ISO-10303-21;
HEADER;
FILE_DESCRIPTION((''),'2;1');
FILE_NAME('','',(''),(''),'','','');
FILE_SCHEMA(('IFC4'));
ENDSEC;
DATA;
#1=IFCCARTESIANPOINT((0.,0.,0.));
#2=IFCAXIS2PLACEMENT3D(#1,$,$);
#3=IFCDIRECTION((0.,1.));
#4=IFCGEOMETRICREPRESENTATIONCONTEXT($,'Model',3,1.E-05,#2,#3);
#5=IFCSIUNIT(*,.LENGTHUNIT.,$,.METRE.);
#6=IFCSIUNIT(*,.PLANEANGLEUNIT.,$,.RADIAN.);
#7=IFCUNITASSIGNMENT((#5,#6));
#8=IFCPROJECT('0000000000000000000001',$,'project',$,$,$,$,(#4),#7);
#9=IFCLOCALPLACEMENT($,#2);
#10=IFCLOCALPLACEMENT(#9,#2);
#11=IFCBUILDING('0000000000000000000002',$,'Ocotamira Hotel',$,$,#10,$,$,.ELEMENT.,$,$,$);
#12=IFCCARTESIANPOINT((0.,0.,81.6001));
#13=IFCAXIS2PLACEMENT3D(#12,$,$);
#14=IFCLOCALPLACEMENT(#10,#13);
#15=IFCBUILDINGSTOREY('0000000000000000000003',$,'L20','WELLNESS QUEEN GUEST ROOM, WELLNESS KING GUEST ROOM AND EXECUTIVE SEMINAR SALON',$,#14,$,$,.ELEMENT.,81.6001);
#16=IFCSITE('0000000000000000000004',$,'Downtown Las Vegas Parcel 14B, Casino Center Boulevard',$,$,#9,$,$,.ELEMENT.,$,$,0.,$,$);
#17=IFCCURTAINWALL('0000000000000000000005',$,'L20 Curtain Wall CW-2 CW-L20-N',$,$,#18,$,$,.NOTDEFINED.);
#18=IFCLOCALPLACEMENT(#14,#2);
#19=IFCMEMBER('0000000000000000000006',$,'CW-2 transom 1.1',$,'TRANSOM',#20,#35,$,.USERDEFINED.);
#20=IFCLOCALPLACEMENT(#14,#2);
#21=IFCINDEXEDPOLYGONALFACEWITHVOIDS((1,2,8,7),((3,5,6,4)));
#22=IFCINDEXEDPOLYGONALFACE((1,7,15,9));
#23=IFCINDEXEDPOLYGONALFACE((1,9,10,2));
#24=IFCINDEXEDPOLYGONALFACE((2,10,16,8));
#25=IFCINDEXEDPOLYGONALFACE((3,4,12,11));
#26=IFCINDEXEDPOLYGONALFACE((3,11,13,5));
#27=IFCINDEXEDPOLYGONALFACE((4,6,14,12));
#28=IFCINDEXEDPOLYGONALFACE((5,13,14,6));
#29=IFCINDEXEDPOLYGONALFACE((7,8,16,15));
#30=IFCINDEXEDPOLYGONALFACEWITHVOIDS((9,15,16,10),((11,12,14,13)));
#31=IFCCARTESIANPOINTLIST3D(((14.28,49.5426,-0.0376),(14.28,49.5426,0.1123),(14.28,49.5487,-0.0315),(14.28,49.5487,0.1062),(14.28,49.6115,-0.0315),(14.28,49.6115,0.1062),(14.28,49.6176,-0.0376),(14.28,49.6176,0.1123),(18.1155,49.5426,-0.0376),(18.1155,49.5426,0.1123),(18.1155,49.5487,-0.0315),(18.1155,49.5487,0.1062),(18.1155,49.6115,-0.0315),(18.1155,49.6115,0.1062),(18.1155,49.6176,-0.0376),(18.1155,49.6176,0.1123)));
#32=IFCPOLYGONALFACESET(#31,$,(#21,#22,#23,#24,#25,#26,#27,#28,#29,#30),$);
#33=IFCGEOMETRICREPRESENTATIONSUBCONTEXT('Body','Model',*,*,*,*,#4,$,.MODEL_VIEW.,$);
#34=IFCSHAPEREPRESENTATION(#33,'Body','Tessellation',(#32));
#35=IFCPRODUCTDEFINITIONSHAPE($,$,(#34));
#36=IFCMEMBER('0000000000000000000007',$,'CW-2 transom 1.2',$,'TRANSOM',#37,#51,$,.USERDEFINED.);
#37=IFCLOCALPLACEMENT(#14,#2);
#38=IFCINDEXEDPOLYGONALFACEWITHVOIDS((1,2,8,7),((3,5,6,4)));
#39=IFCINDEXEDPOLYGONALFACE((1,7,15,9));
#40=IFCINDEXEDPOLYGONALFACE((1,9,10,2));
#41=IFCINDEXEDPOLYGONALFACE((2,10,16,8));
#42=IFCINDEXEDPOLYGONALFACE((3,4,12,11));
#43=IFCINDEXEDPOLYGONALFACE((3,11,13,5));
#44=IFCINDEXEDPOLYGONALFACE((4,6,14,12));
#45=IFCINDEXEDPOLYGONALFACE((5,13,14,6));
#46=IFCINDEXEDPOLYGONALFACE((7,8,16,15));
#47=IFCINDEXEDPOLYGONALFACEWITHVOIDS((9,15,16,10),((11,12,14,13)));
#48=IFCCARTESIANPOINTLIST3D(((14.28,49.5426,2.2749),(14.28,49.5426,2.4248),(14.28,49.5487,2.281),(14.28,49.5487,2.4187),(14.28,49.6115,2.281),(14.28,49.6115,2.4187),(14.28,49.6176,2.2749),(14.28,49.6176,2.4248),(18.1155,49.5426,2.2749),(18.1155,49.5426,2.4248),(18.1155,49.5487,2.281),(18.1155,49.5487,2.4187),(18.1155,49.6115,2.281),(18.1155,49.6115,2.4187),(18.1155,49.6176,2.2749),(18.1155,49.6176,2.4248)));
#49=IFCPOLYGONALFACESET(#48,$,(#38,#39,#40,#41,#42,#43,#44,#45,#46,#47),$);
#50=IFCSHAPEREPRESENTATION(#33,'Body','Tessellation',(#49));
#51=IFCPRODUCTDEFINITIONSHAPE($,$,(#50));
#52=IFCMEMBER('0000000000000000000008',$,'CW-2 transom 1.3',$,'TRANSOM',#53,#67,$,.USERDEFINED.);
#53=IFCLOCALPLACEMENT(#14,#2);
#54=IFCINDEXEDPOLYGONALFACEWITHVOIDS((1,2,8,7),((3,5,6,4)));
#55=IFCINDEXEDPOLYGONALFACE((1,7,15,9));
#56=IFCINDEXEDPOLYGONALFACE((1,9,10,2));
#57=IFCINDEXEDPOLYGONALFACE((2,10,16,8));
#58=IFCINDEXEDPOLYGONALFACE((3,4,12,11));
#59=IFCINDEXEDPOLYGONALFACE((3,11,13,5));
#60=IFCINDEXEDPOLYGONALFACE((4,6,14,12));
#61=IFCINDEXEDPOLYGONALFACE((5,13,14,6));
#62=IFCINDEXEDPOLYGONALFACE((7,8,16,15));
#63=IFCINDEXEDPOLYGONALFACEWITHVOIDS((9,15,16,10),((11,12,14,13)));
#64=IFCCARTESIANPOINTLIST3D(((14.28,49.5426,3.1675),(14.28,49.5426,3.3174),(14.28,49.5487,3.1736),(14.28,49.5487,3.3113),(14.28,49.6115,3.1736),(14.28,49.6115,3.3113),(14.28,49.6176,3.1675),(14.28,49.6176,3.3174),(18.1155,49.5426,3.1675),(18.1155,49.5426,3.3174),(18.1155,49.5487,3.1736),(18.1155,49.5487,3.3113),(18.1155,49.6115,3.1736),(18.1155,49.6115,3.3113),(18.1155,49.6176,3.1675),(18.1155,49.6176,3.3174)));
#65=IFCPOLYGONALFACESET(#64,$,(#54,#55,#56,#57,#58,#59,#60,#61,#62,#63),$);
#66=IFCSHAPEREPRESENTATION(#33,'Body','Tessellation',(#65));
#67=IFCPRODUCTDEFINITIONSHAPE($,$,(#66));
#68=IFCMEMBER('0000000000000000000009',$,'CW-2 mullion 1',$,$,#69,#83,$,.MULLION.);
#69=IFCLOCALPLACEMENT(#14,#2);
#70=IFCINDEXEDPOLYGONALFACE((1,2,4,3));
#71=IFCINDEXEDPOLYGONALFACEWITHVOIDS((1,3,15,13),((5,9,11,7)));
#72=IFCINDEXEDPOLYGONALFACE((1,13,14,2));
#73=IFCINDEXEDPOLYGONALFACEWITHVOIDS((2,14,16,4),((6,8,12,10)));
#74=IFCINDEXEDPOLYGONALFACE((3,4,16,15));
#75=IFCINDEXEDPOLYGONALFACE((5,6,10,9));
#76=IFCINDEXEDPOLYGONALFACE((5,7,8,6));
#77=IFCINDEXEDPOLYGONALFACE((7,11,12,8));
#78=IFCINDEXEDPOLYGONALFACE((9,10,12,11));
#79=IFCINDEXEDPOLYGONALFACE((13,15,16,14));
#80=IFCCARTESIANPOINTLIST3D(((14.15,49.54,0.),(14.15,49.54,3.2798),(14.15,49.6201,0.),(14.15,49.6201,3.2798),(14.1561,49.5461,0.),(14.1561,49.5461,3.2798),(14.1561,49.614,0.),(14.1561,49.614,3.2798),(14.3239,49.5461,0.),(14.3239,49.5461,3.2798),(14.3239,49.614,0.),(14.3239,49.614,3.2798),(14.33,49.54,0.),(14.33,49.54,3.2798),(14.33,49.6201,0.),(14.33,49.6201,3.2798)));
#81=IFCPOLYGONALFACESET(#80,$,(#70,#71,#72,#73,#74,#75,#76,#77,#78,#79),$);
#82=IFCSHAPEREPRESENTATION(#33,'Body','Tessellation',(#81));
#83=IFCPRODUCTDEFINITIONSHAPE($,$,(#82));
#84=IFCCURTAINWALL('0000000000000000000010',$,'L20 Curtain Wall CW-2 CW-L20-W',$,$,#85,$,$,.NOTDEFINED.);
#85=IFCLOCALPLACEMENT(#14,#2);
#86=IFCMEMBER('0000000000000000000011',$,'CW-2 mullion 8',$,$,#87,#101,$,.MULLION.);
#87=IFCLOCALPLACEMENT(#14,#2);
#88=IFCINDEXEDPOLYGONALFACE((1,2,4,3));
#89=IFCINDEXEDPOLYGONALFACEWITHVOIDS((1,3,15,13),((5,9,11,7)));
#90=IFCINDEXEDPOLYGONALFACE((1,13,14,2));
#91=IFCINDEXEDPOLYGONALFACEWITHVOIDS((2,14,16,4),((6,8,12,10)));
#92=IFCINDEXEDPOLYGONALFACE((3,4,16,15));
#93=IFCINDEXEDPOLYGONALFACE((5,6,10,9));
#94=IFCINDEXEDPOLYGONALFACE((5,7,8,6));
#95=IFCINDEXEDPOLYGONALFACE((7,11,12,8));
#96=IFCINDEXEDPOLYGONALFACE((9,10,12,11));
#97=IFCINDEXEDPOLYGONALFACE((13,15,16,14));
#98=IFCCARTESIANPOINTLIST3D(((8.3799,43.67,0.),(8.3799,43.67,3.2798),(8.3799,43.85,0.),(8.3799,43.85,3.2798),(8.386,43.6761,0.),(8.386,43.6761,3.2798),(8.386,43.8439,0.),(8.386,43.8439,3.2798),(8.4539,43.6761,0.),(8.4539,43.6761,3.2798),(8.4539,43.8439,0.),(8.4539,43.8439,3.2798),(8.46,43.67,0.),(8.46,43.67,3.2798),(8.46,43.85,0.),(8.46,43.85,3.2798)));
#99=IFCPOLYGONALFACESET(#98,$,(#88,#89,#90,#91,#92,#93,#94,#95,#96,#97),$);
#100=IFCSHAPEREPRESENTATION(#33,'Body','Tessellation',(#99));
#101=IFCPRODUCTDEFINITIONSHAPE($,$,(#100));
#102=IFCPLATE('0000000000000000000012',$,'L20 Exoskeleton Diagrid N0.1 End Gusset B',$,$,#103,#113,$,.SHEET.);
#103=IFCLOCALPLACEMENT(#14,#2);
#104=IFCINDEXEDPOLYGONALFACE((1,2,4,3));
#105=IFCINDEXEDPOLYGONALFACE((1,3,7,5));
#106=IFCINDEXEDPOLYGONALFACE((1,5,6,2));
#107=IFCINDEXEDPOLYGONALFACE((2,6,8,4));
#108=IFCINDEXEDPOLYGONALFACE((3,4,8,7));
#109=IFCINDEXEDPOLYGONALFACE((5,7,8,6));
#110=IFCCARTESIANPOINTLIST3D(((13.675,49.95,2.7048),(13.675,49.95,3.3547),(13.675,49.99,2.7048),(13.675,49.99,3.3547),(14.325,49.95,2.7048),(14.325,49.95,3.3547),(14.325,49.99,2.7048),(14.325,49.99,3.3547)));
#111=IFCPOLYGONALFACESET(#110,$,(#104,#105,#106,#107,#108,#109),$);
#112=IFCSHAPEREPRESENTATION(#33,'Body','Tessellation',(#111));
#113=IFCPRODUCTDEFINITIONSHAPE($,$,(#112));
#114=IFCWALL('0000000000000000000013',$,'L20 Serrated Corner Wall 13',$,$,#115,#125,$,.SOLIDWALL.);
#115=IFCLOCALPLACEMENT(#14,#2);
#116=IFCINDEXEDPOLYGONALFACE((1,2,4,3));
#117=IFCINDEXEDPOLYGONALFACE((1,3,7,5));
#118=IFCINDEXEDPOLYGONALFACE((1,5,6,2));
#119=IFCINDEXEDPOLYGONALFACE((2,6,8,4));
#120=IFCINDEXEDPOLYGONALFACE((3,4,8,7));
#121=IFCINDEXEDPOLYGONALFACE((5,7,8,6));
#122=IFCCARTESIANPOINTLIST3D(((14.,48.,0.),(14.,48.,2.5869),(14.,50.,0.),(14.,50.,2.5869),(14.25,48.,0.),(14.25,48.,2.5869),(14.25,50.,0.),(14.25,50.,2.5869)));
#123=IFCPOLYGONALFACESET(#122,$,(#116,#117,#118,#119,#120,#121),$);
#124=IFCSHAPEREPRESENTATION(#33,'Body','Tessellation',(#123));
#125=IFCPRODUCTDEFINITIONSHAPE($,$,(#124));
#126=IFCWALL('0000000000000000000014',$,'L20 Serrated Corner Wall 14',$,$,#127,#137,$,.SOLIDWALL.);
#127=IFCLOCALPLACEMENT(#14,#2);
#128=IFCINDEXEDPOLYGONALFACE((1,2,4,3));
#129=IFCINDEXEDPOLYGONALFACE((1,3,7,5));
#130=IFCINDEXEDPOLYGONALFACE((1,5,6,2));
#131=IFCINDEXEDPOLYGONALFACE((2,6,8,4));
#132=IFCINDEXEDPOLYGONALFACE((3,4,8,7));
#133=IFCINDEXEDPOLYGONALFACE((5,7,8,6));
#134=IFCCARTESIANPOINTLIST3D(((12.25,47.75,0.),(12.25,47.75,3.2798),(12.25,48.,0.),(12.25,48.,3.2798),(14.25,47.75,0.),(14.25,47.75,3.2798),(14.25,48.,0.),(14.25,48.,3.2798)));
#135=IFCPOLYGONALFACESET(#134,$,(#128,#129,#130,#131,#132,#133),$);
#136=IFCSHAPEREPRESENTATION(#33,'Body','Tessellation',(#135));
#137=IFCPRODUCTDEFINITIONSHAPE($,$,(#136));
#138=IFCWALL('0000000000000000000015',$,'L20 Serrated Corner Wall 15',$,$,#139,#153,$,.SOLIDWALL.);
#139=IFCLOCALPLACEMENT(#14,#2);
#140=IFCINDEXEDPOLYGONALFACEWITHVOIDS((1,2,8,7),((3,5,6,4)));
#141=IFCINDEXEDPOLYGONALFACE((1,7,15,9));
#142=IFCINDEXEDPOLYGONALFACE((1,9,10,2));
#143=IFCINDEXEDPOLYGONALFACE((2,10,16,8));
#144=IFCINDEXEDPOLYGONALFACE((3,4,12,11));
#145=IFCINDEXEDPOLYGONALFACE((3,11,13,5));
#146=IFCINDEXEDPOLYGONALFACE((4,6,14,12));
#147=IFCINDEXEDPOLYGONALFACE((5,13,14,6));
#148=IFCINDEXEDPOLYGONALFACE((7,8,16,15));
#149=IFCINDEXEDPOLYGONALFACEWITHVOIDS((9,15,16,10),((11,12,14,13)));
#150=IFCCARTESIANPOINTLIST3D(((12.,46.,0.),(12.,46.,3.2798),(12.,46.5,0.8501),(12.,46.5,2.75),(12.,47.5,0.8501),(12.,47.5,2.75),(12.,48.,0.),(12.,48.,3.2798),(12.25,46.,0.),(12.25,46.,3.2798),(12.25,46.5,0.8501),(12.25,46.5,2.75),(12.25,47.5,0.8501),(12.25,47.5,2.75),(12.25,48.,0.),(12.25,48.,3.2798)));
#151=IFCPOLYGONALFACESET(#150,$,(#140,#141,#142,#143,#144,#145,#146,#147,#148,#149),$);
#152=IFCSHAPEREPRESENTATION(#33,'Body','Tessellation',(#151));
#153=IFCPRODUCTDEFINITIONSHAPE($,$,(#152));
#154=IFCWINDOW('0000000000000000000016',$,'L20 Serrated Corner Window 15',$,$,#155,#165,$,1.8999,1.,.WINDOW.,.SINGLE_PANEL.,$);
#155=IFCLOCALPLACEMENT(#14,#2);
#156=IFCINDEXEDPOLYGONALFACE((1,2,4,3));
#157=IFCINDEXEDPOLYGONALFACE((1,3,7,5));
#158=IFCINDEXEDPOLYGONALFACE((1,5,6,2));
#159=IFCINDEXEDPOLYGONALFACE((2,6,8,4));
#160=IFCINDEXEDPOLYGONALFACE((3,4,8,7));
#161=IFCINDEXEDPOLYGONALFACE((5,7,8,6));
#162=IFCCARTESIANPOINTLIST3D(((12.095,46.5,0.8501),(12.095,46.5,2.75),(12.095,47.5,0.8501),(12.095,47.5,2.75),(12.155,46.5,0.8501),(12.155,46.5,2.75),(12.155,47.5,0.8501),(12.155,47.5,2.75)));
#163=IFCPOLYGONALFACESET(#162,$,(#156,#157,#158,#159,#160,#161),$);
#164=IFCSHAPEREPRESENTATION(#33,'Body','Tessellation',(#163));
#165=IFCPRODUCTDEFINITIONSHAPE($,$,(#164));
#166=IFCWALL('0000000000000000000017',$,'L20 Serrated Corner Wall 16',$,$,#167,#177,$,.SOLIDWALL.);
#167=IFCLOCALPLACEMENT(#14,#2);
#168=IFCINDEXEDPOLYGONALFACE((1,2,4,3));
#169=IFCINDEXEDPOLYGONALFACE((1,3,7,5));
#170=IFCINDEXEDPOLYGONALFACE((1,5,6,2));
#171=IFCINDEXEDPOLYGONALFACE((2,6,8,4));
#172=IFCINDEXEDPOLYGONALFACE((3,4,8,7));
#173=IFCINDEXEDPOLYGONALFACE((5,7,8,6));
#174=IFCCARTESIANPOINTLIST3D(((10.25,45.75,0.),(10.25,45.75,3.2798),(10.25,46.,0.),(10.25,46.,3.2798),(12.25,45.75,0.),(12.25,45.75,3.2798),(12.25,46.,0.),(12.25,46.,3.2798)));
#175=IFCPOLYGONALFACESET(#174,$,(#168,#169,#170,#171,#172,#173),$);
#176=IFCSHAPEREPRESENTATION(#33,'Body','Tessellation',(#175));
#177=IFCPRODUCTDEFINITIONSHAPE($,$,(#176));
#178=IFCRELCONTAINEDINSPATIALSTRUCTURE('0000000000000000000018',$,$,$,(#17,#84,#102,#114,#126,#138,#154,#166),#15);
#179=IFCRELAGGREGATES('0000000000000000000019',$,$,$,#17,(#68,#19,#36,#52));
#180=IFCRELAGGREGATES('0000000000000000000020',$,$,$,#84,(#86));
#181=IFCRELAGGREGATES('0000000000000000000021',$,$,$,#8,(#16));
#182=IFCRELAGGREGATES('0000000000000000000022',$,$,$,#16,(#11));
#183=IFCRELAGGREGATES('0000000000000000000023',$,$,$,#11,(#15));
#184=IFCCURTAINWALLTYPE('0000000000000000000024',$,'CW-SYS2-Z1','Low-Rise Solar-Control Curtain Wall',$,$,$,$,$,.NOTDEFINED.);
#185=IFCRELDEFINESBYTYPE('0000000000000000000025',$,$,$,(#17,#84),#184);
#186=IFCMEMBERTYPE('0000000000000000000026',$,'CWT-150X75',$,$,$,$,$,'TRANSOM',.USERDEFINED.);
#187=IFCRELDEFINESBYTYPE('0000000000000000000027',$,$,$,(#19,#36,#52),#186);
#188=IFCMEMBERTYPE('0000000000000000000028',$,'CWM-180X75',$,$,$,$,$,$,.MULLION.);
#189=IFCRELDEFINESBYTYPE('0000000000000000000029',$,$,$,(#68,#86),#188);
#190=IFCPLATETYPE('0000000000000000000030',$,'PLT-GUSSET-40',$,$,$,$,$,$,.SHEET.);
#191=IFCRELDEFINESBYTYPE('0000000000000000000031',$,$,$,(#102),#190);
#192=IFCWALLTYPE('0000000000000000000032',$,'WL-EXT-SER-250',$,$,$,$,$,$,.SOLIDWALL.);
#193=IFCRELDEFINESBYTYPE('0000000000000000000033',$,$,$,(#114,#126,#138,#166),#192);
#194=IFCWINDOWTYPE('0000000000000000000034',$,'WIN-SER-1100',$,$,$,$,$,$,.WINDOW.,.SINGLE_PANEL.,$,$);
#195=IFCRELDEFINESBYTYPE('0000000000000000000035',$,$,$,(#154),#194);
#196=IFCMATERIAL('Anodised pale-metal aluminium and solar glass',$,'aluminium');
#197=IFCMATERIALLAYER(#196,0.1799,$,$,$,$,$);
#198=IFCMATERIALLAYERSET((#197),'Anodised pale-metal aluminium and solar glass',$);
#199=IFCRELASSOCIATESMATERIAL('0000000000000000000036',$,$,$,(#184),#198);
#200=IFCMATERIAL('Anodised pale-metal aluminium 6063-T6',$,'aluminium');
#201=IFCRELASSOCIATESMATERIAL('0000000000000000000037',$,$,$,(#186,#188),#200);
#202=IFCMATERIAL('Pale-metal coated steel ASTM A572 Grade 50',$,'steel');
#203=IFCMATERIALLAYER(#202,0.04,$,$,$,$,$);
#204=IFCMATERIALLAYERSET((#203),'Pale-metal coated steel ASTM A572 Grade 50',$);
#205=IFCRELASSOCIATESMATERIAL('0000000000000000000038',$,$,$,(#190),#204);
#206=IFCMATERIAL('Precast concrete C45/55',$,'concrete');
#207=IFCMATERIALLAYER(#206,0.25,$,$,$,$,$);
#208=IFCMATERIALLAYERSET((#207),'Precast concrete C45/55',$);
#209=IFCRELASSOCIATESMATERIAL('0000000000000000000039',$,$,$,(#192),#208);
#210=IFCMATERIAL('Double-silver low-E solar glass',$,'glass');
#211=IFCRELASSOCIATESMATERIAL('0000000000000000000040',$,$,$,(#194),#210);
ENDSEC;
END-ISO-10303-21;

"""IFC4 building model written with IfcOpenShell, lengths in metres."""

from ifc_helpers import new_model, si_unit, direction, frame, frame_2d, origin, origin_2d, place, context, subcontext, project, spatial, rectangle, hollow_rectangle, extrude, source, transform, mapped, material, layer, layer_set, material_profile, profile_set, type_object, element, fill, aggregate, save


model = new_model("IFC4")

# Units and contexts
model_context = context("Model", 3, precision=1e-05, world=origin(), true_north=direction((0.0, 1.0)))
body_context = subcontext(model_context, "Body", "Model", "MODEL_VIEW")
ifc_project = project(units=[si_unit("LENGTHUNIT", "METRE"), si_unit("PLANEANGLEUNIT", "RADIAN")], contexts=[model_context])

# Site, building, storey
site_placement = place(None, origin())
site = spatial("IfcSite", under=ifc_project, at=site_placement, Name="Downtown Las Vegas Parcel 14B, Casino Center Boulevard", CompositionType="ELEMENT", RefElevation=0.0)
building_placement = place(site_placement, origin())
building = spatial("IfcBuilding", under=site, at=building_placement, Name="Ocotamira Hotel", CompositionType="ELEMENT")
storey_placement = place(building_placement, frame((0.0, 0.0, 81.6001)))
storey = spatial("IfcBuildingStorey", under=building, at=storey_placement, Name="L20", Description="WELLNESS QUEEN GUEST ROOM, WELLNESS KING GUEST ROOM AND EXECUTIVE SEMINAR SALON", CompositionType="ELEMENT", Elevation=81.6001)

# Curtain wall, members
ifc_material_1 = material(Name="Anodised pale-metal aluminium and solar glass", Category="aluminium")
ifc_layer_1 = layer(ifc_material_1, 0.1799)
ifc_layer_set_1 = layer_set([ifc_layer_1], Name="Anodised pale-metal aluminium and solar glass")
curtain_wall_type = type_object("IfcCurtainWallType", Name="CW-SYS2-Z1", Description="Low-Rise Solar-Control Curtain Wall", PredefinedType="NOTDEFINED", material=ifc_layer_set_1)
curtain_wall_1_placement = place(storey_placement, origin())
curtain_wall_1 = element("IfcCurtainWall", 1, at=curtain_wall_1_placement, inside=storey, type_object=curtain_wall_type, Name="L20 Curtain Wall CW-2 CW-L20-N", PredefinedType="NOTDEFINED")
ifc_material_2 = material(Name="Anodised pale-metal aluminium 6063-T6", Category="aluminium")
ifc_material_profile_1 = material_profile(ifc_material_2, hollow_rectangle(XDim=0.075, YDim=0.1499, WallThickness=0.0061, at=origin_2d()), Name="HSS150X75X6")
ifc_profile_set_1 = profile_set([ifc_material_profile_1], Name="Anodised pale-metal aluminium 6063-T6")
member_type_1 = type_object("IfcMemberType", Name="CWT-150X75", ElementType="TRANSOM", PredefinedType="USERDEFINED", material=ifc_profile_set_1)
shared_shape_1 = source(origin(), body_context, "Body", "SweptSolid", [
    extrude(hollow_rectangle(XDim=0.075, YDim=0.1499, WallThickness=0.0061, at=origin_2d()), origin(), (0.0, 0.0, 1.0), 3.8354),
])
member_1_placement = place(storey_placement, frame((14.28, 49.5801, 0.0374), z_axis=(1.0, 0.0, 0.0), x_axis=(0.0, 1.0, 0.0)))
member_1 = element("IfcMember", 2, at=member_1_placement, type_object=member_type_1, Name="CW-2 transom 1.1", ObjectType="TRANSOM", PredefinedType="USERDEFINED", context=body_context, shape_type="MappedRepresentation", body=[
    mapped(shared_shape_1, transform((0.0, 0.0, 0.0), scale=1.0)),
])
member_2_placement = place(storey_placement, frame((14.28, 49.5801, 2.3499), z_axis=(1.0, 0.0, 0.0), x_axis=(0.0, 1.0, 0.0)))
member_2 = element("IfcMember", 3, at=member_2_placement, type_object=member_type_1, Name="CW-2 transom 1.2", ObjectType="TRANSOM", PredefinedType="USERDEFINED", context=body_context, shape_type="MappedRepresentation", body=[
    mapped(shared_shape_1, transform((0.0, 0.0, 0.0), scale=1.0)),
])
member_3_placement = place(storey_placement, frame((14.28, 49.5801, 3.2424), z_axis=(1.0, 0.0, 0.0), x_axis=(0.0, 1.0, 0.0)))
member_3 = element("IfcMember", 4, at=member_3_placement, type_object=member_type_1, Name="CW-2 transom 1.3", ObjectType="TRANSOM", PredefinedType="USERDEFINED", context=body_context, shape_type="MappedRepresentation", body=[
    mapped(shared_shape_1, transform((0.0, 0.0, 0.0), scale=1.0)),
])
ifc_material_profile_2 = material_profile(ifc_material_2, hollow_rectangle(XDim=0.0801, YDim=0.1799, WallThickness=0.0061, at=origin_2d()), Name="HSS180X80X6")
ifc_profile_set_2 = profile_set([ifc_material_profile_2], Name="Anodised pale-metal aluminium 6063-T6")
member_type_2 = type_object("IfcMemberType", Name="CWM-180X75", PredefinedType="MULLION", material=ifc_profile_set_2)
shared_shape_2 = source(origin(), body_context, "Body", "SweptSolid", [
    extrude(hollow_rectangle(XDim=0.0801, YDim=0.1799, WallThickness=0.0061, at=origin_2d()), origin(), (0.0, 0.0, 1.0), 3.2798),
])
member_4_placement = place(storey_placement, frame((14.24, 49.5801, 0.0), z_axis=(0.0, 0.0, 1.0), x_axis=(0.0, 1.0, 0.0)))
member_4 = element("IfcMember", 5, at=member_4_placement, type_object=member_type_2, Name="CW-2 mullion 1", PredefinedType="MULLION", context=body_context, shape_type="MappedRepresentation", body=[
    mapped(shared_shape_2, transform((0.0, 0.0, 0.0), scale=1.0)),
])
aggregate(curtain_wall_1, [member_4, member_1, member_2, member_3])

# Curtain wall, member
curtain_wall_2_placement = place(storey_placement, origin())
curtain_wall_2 = element("IfcCurtainWall", 6, at=curtain_wall_2_placement, inside=storey, type_object=curtain_wall_type, Name="L20 Curtain Wall CW-2 CW-L20-W", PredefinedType="NOTDEFINED")
member_5_placement = place(storey_placement, frame((8.4199, 43.76, 0.0), z_axis=(0.0, 0.0, 1.0), x_axis=(-1.0, 0.0, 0.0)))
member_5 = element("IfcMember", 7, at=member_5_placement, type_object=member_type_2, Name="CW-2 mullion 8", PredefinedType="MULLION", context=body_context, shape_type="MappedRepresentation", body=[
    mapped(shared_shape_2, transform((0.0, 0.0, 0.0), scale=1.0)),
])
aggregate(curtain_wall_2, [member_5])

# Plate
ifc_material_3 = material(Name="Pale-metal coated steel ASTM A572 Grade 50", Category="steel")
ifc_layer_2 = layer(ifc_material_3, 0.04)
ifc_layer_set_2 = layer_set([ifc_layer_2], Name="Pale-metal coated steel ASTM A572 Grade 50")
plate_type = type_object("IfcPlateType", Name="PLT-GUSSET-40", PredefinedType="SHEET", material=ifc_layer_set_2)
shared_shape_3 = source(origin(), body_context, "Body", "SweptSolid", [
    extrude(rectangle(XDim=0.6499, YDim=0.04, at=origin_2d()), origin(), (0.0, 0.0, 1.0), 0.6499),
])
plate_placement = place(storey_placement, frame((14.0, 49.97, 2.7048), z_axis=(0.0, 0.0, 1.0), x_axis=(-1.0, 0.0, 0.0)))
element("IfcPlate", 8, at=plate_placement, inside=storey, type_object=plate_type, Name="L20 Exoskeleton Diagrid N0.1 End Gusset B", PredefinedType="SHEET", context=body_context, shape_type="MappedRepresentation", body=[
    mapped(shared_shape_3, transform((0.0, 0.0, 0.0), scale=1.0)),
])

# Walls
ifc_material_4 = material(Name="Precast concrete C45/55", Category="concrete")
ifc_layer_3 = layer(ifc_material_4, 0.25)
ifc_layer_set_3 = layer_set([ifc_layer_3], Name="Precast concrete C45/55")
wall_type_1 = type_object("IfcWallType", Name="WL-EXT-SER-250", PredefinedType="SOLIDWALL", material=ifc_layer_set_3)
wall_1_placement = place(storey_placement, frame((14.125, 50.0, 0.0), z_axis=(0.0, 0.0, 1.0), x_axis=(0.0, -1.0, 0.0)))
element("IfcWall", 9, at=wall_1_placement, inside=storey, type_object=wall_type_1, Name="L20 Serrated Corner Wall 13", PredefinedType="SOLIDWALL", context=body_context, shape_type="SweptSolid", body=[
    extrude(rectangle(XDim=2.0, YDim=0.25, at=frame_2d((1.0, 0.0))), origin(), (0.0, 0.0, 1.0), 2.5869),
])
wall_2_placement = place(storey_placement, frame((14.25, 47.875, 0.0), z_axis=(0.0, 0.0, 1.0), x_axis=(-1.0, 0.0, 0.0)))
element("IfcWall", 10, at=wall_2_placement, inside=storey, type_object=wall_type_1, Name="L20 Serrated Corner Wall 14", PredefinedType="SOLIDWALL", context=body_context, shape_type="SweptSolid", body=[
    extrude(rectangle(XDim=2.0, YDim=0.25, at=frame_2d((1.0, 0.0))), origin(), (0.0, 0.0, 1.0), 3.2798),
])

# Wall, opening, window
wall_3_placement = place(storey_placement, frame((12.125, 48.0, 0.0), z_axis=(0.0, 0.0, 1.0), x_axis=(0.0, -1.0, 0.0)))
wall_3 = element("IfcWall", 11, at=wall_3_placement, inside=storey, type_object=wall_type_1, Name="L20 Serrated Corner Wall 15", PredefinedType="SOLIDWALL", context=body_context, shape_type="SweptSolid", body=[
    extrude(rectangle(XDim=2.0, YDim=0.25, at=frame_2d((1.0, 0.0))), origin(), (0.0, 0.0, 1.0), 3.2798),
])
opening_1_placement = place(wall_3_placement, frame((0.5, 0.0, 0.8501)))
opening_1 = element("IfcOpeningElement", 12, at=opening_1_placement, cuts=wall_3, PredefinedType="OPENING", context=body_context, shape_type="SweptSolid", body=[
    extrude(rectangle(XDim=1.0, YDim=1.8999, at=frame_2d((0.5, 0.95))), frame((0.0, 0.135, 0.0), z_axis=(0.0, -1.0, 0.0), x_axis=(1.0, 0.0, 0.0)), (0.0, 0.0, 1.0), 0.27),
])
ifc_material_5 = material(Name="Double-silver low-E solar glass", Category="glass")
window_type = type_object("IfcWindowType", Name="WIN-SER-1100", PartitioningType="SINGLE_PANEL", PredefinedType="WINDOW", material=ifc_material_5)
shared_shape_4 = source(origin(), body_context, "Body", "SweptSolid", [
    extrude(rectangle(XDim=1.0, YDim=1.8999, at=frame_2d((0.5, 0.95))), frame((0.0, 0.03, 0.0), z_axis=(0.0, -1.0, 0.0), x_axis=(1.0, 0.0, 0.0)), (0.0, 0.0, 1.0), 0.0601),
])
window_placement = place(opening_1_placement, origin())
window = element("IfcWindow", 13, at=window_placement, inside=storey, type_object=window_type, Name="L20 Serrated Corner Window 15", OverallHeight=1.8999, OverallWidth=1.0, PartitioningType="SINGLE_PANEL", PredefinedType="WINDOW", context=body_context, shape_type="MappedRepresentation", body=[
    mapped(shared_shape_4, transform((0.0, 0.0, 0.0), scale=1.0)),
])
fill(opening_1, window)

# Wall
for number, where, z_axis, x_axis, name in (
    (14, (12.25, 45.875, 0.0), (0.0, 0.0, 1.0), (-1.0, 0.0, 0.0), "L20 Serrated Corner Wall 16"),
):
    element("IfcWall", number, at=place(storey_placement, frame(where, z_axis=z_axis, x_axis=x_axis)), inside=storey, type_object=wall_type_1, Name=name, PredefinedType="SOLIDWALL", context=body_context, shape_type="SweptSolid", body=[
        extrude(rectangle(XDim=2.0, YDim=0.25, at=frame_2d((1.0, 0.0))), origin(), (0.0, 0.0, 1.0), 3.2798),
    ])

save(model, "model.ifc")
